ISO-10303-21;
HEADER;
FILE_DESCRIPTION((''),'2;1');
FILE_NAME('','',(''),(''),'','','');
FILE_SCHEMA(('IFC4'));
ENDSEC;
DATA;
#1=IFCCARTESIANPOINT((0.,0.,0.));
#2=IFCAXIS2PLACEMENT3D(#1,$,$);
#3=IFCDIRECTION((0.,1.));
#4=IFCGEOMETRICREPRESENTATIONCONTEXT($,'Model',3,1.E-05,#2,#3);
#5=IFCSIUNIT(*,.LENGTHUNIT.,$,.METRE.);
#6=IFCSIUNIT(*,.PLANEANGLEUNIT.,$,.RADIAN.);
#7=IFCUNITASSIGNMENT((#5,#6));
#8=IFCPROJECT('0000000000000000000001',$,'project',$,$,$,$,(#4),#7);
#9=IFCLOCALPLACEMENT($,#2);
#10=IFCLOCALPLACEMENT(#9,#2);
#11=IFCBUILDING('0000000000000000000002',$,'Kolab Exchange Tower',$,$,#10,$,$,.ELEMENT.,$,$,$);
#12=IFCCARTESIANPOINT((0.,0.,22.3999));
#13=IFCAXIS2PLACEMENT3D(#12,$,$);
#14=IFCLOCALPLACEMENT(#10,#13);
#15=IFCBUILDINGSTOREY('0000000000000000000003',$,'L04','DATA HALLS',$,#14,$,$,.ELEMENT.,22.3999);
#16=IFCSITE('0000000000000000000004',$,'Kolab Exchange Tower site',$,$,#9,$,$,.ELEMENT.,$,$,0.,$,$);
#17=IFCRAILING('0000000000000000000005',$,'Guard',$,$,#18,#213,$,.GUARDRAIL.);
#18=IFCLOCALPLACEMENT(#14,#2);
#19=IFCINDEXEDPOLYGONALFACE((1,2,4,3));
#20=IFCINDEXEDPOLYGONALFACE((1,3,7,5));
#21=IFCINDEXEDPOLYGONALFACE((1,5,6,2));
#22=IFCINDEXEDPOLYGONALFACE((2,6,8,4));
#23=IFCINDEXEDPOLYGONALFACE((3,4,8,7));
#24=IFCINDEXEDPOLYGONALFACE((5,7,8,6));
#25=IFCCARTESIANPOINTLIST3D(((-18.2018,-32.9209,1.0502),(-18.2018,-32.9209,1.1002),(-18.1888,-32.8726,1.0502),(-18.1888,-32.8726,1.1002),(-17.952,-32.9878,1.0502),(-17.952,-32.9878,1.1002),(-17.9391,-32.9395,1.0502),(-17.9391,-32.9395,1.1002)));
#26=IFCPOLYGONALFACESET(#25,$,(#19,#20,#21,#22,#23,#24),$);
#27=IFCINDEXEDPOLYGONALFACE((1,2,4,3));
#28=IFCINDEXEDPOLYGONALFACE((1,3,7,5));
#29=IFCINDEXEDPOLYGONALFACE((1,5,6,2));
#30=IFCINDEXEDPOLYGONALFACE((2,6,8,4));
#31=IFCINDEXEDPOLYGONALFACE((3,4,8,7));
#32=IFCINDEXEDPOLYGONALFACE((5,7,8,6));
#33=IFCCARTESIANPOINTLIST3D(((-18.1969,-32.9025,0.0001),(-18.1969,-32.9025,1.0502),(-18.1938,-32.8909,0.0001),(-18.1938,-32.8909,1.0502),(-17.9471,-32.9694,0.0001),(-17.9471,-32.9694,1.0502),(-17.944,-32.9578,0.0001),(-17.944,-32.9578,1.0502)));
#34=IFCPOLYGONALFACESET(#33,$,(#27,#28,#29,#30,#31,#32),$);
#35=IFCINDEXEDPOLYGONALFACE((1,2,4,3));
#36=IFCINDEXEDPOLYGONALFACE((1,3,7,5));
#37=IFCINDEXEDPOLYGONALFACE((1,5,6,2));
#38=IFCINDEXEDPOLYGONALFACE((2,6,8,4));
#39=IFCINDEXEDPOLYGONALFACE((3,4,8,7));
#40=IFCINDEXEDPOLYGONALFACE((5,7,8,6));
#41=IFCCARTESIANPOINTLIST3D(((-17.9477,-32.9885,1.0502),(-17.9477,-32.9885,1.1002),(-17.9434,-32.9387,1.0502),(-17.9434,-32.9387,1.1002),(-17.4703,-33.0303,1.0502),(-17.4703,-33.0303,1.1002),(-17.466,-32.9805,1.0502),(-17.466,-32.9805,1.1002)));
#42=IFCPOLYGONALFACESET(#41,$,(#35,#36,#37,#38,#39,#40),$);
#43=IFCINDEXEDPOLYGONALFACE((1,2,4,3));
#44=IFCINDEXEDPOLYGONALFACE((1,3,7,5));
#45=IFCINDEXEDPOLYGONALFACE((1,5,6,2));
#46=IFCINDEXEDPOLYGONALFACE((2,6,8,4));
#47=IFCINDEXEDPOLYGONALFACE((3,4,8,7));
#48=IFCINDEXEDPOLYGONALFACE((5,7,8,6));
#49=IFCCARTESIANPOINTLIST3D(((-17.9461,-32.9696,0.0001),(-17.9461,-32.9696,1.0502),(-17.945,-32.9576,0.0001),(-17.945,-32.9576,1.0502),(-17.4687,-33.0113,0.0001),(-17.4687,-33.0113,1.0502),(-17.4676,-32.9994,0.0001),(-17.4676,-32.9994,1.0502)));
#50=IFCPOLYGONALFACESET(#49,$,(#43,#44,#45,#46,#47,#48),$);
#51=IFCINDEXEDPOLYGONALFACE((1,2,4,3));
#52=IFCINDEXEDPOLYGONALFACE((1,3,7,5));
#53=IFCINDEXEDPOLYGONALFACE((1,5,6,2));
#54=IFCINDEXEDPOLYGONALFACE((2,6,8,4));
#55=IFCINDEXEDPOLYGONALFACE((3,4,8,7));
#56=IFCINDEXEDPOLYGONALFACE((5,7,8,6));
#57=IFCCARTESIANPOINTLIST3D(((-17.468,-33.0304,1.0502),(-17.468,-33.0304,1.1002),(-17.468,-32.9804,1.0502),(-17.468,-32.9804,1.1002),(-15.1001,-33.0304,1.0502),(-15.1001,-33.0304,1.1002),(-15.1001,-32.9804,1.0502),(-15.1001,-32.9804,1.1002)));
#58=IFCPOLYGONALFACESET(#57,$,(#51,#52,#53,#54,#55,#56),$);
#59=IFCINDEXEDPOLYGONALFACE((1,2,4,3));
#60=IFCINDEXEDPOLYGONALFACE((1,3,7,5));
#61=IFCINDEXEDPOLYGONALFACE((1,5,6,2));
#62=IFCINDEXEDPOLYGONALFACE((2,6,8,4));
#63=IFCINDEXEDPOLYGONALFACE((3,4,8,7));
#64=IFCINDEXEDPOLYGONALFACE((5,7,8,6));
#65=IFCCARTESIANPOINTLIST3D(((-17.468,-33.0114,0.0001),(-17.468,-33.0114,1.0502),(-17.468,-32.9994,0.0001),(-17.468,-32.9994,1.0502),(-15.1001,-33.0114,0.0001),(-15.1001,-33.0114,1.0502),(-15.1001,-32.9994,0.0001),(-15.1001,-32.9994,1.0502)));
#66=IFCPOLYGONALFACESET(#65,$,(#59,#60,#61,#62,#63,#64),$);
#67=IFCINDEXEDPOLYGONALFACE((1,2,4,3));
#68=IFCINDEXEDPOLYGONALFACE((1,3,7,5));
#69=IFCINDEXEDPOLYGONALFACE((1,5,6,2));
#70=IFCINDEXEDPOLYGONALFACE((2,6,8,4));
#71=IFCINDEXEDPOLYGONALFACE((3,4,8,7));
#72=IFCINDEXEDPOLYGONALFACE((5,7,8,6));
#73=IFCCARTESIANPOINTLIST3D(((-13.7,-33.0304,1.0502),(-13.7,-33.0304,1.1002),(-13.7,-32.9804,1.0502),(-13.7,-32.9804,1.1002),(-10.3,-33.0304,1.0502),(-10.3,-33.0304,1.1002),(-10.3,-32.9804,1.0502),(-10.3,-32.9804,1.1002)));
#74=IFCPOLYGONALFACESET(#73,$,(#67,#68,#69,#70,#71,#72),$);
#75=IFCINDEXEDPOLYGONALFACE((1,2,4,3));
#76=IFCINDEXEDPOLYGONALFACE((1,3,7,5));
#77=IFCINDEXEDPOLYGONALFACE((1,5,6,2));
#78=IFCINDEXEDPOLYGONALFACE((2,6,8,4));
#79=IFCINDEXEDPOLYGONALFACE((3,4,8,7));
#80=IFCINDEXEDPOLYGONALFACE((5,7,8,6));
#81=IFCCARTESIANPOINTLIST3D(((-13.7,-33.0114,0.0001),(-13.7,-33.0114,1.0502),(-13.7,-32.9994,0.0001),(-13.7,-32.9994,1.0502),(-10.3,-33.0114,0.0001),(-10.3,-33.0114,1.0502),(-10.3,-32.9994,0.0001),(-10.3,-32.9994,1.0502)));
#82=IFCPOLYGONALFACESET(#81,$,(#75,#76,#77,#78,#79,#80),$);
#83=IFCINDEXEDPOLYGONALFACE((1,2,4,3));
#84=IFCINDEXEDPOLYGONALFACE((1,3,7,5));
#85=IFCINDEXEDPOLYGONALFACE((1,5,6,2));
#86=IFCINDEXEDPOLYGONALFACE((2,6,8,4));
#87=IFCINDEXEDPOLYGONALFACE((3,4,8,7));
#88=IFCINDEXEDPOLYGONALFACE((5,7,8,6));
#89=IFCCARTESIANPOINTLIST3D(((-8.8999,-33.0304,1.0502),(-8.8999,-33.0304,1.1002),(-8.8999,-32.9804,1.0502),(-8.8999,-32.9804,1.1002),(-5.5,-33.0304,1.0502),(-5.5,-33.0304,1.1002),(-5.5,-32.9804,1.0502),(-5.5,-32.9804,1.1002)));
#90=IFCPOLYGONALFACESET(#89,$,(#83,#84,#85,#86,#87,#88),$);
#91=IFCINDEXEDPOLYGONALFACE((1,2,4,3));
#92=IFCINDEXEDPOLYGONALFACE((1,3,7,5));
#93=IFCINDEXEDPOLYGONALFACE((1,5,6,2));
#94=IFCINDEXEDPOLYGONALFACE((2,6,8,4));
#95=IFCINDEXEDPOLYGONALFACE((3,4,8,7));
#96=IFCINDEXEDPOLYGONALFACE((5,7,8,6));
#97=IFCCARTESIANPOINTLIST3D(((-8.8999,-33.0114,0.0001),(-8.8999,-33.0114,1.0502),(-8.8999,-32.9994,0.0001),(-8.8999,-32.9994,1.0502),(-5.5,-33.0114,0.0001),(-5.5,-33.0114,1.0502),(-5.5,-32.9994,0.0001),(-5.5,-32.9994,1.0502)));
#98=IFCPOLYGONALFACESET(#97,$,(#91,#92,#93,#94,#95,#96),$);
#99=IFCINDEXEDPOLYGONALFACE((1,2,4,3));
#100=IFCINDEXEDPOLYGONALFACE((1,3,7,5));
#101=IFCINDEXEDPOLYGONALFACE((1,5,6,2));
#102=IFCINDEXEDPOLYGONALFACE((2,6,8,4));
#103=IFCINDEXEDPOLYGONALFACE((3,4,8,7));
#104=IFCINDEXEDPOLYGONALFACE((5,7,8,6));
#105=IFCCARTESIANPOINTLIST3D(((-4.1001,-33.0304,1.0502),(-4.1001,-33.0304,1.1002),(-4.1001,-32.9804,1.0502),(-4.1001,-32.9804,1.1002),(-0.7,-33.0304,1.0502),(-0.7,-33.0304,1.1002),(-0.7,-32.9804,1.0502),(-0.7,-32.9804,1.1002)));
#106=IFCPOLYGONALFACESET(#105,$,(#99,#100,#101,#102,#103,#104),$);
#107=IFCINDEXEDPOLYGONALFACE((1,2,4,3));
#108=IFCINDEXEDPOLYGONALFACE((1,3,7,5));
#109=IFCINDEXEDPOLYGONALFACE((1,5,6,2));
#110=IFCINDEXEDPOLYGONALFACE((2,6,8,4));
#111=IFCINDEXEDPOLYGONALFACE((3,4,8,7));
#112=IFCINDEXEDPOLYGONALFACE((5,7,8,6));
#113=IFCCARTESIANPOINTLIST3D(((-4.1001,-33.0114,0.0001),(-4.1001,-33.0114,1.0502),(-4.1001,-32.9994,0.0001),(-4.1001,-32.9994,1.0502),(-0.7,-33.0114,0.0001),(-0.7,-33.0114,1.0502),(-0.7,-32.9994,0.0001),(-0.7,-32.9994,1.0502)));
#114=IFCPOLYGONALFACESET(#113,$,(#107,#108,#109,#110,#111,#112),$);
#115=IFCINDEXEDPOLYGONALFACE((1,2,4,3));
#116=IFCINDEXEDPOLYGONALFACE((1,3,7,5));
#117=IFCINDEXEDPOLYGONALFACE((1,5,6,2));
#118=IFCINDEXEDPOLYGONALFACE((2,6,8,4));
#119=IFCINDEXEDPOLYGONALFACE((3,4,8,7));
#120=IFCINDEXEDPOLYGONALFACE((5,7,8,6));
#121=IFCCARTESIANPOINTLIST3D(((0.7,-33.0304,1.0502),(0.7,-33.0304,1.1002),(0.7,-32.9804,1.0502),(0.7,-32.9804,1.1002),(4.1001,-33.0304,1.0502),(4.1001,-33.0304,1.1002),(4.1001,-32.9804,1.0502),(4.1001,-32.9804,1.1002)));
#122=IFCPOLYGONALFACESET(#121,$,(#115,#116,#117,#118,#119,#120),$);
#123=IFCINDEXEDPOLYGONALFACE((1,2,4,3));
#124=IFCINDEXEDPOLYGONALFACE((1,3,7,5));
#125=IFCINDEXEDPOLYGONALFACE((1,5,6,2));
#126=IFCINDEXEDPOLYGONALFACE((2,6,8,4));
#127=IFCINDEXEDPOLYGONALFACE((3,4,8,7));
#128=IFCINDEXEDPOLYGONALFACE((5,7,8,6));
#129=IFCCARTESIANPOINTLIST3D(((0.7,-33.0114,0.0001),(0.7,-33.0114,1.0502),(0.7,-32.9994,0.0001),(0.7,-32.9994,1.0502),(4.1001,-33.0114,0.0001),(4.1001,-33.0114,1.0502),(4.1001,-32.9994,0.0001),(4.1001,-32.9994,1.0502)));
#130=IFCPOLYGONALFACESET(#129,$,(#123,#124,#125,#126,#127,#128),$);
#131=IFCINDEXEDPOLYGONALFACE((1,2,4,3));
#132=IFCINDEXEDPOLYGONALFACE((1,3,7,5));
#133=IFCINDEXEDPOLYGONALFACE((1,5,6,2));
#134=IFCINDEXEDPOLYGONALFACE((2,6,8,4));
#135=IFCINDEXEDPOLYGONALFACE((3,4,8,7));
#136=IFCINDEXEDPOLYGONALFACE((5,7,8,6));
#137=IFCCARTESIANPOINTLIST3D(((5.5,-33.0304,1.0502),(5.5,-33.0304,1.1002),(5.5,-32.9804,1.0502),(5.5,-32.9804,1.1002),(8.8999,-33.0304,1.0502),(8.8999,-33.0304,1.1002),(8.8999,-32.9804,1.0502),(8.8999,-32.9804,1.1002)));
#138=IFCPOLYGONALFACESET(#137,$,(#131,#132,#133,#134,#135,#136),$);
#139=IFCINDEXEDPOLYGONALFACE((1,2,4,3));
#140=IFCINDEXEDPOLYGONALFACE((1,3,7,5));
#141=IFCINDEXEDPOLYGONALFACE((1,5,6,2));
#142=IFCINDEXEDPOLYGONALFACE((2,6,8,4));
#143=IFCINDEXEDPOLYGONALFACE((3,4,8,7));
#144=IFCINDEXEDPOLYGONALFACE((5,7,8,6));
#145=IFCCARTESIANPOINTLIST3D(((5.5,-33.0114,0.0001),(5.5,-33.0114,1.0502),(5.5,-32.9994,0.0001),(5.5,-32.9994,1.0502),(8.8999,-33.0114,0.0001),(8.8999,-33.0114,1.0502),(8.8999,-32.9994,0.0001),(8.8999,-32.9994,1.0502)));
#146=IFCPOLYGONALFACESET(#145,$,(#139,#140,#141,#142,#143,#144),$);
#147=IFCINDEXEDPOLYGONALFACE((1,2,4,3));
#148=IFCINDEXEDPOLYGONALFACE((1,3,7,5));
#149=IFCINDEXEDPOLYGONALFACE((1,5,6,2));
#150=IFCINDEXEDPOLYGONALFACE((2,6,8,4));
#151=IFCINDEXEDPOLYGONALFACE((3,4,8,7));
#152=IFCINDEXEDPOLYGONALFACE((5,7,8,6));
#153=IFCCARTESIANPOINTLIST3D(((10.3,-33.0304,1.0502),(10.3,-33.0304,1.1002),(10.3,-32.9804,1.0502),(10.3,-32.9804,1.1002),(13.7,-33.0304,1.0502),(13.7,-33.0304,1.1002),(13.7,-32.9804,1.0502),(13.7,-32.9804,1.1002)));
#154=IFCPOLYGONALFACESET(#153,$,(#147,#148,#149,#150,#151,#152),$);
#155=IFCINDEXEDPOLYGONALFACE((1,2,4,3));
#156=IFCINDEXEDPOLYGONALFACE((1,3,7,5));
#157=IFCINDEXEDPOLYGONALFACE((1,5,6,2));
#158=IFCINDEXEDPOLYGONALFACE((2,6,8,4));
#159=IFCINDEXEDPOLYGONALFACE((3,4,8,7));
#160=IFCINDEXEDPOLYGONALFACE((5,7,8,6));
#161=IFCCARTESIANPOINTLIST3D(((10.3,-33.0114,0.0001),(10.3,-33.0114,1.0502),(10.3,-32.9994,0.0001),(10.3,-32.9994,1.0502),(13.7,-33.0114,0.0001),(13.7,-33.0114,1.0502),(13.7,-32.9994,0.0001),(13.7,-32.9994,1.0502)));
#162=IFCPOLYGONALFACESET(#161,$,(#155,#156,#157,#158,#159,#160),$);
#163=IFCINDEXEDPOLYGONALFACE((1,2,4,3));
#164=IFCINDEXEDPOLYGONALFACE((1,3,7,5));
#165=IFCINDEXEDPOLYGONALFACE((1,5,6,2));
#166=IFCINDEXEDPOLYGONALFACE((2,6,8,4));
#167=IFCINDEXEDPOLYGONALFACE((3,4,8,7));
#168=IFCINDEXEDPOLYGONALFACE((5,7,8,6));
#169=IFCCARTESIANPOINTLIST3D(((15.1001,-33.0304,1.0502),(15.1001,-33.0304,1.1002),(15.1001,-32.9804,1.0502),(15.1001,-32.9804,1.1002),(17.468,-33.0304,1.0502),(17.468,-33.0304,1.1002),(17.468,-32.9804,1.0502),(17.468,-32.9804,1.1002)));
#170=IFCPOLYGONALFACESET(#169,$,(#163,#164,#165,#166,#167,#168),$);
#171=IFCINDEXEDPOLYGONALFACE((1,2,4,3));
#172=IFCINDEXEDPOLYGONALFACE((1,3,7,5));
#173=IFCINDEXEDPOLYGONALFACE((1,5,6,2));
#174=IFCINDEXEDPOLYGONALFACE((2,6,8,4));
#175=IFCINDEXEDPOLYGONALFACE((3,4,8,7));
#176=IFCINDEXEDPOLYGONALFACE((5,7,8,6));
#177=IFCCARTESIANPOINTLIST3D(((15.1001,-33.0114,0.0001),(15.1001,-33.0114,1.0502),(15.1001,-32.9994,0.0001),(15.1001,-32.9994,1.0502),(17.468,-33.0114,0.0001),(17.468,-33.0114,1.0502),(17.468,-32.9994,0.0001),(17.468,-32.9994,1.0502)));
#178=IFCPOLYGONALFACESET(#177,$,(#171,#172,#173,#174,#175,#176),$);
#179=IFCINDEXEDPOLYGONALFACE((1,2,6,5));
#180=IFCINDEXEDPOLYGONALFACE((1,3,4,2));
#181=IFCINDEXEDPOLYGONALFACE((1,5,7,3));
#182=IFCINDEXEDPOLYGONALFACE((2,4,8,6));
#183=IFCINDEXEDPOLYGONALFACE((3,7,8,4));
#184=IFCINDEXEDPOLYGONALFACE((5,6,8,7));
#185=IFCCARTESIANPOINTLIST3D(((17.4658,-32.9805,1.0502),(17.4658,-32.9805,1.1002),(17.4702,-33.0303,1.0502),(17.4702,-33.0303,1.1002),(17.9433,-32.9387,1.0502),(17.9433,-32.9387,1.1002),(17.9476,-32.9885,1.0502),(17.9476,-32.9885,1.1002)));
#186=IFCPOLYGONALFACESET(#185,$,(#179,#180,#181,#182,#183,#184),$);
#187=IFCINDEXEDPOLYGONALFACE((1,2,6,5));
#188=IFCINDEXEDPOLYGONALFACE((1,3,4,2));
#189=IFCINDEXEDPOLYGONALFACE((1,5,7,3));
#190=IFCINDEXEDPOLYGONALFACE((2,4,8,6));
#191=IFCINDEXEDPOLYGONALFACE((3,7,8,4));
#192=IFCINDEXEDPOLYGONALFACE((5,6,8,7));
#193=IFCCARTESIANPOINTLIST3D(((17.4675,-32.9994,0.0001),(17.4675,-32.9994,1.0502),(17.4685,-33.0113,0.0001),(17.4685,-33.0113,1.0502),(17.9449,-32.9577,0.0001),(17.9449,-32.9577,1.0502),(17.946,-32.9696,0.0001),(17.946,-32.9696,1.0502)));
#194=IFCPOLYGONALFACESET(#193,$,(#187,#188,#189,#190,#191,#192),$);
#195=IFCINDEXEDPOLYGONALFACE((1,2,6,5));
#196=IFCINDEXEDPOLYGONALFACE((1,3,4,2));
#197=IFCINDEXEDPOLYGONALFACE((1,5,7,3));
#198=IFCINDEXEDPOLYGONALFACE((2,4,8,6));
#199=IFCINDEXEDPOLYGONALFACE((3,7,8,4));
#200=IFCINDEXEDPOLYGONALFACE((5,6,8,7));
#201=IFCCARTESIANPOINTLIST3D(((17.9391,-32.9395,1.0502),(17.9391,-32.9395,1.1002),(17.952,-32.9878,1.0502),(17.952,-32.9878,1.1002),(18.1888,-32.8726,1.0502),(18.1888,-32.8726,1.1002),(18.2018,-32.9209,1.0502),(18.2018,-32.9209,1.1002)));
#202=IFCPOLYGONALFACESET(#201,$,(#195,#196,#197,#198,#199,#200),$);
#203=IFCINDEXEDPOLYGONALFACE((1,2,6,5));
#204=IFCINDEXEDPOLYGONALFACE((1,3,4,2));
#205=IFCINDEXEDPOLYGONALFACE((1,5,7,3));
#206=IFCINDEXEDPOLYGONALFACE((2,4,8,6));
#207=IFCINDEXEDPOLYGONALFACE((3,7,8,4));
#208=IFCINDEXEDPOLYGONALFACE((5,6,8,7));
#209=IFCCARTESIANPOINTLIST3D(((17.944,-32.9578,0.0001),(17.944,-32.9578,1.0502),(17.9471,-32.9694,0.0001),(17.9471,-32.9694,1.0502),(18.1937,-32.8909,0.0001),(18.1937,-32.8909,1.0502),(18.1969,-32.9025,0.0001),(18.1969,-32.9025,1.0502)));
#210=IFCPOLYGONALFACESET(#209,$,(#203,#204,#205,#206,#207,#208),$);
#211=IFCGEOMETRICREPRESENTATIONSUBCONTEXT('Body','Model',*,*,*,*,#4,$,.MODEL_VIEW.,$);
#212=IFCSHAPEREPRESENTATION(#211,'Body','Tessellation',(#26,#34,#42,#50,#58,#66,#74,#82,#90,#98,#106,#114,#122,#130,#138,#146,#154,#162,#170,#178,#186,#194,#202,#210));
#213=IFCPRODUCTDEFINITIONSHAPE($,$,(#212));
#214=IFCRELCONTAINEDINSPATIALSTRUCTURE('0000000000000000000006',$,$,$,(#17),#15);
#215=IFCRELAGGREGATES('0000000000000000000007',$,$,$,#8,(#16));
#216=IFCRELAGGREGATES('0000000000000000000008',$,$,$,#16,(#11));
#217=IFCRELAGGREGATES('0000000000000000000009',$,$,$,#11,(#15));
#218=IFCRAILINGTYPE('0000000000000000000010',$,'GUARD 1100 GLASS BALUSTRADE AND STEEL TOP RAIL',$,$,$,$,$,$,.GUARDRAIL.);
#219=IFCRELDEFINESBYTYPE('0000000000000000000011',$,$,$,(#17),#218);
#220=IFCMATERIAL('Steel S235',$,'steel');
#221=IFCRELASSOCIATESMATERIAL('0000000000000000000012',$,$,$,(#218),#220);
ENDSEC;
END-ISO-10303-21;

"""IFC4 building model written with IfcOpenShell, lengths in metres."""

from ifc_helpers import new_model, si_unit, direction, frame, frame_2d, origin, origin_2d, place, context, subcontext, project, spatial, rectangle, extrude, material, type_object, element, save


model = new_model("IFC4")

# Units and contexts
model_context = context("Model", 3, precision=1e-05, world=origin(), true_north=direction((0.0, 1.0)))
body_context = subcontext(model_context, "Body", "Model", "MODEL_VIEW")
ifc_project = project(units=[si_unit("LENGTHUNIT", "METRE"), si_unit("PLANEANGLEUNIT", "RADIAN")], contexts=[model_context])

# Site, building, storey
site_placement = place(None, origin())
site = spatial("IfcSite", under=ifc_project, at=site_placement, Name="Kolab Exchange Tower site", CompositionType="ELEMENT", RefElevation=0.0)
building_placement = place(site_placement, origin())
building = spatial("IfcBuilding", under=site, at=building_placement, Name="Kolab Exchange Tower", CompositionType="ELEMENT")
storey_placement = place(building_placement, frame((0.0, 0.0, 22.3999)))
storey = spatial("IfcBuildingStorey", under=building, at=storey_placement, Name="L04", Description="DATA HALLS", CompositionType="ELEMENT", Elevation=22.3999)

# Railing
ifc_material_1 = material(Name="Steel S235", Category="steel")
railing_type = type_object("IfcRailingType", Name="GUARD 1100 GLASS BALUSTRADE AND STEEL TOP RAIL", PredefinedType="GUARDRAIL", material=ifc_material_1)
railing_placement = place(storey_placement, frame((-18.1953, -32.8967, 0.0)))
element("IfcRailing", 1, at=railing_placement, inside=storey, type_object=railing_type, Name="Guard", PredefinedType="GUARDRAIL", context=body_context, shape_type="SweptSolid", body=[
    extrude(rectangle(XDim=0.05, YDim=0.05, at=origin_2d()), frame((0.0, 0.0, 1.0752), z_axis=(0.965952, -0.25872, 0.0), x_axis=(0.25872, 0.965952, 0.0)), (0.0, 0.0, 1.0), 0.2585),
    extrude(rectangle(XDim=0.012, YDim=1.0501, at=frame_2d((0.0, 0.5251))), frame((0.0, 0.0, 0.0), z_axis=(0.965952, -0.25872, 0.0), x_axis=(0.25872, 0.965952, 0.0)), (0.0, 0.0, 1.0), 0.2585),
    extrude(rectangle(XDim=0.05, YDim=0.05, at=origin_2d()), frame((0.2498, -0.0669, 1.0752), z_axis=(0.9962, -0.087091, 0.0), x_axis=(0.087091, 0.9962, 0.0)), (0.0, 0.0, 1.0), 0.4792),
    extrude(rectangle(XDim=0.012, YDim=1.0501, at=frame_2d((0.0, 0.5251))), frame((0.2498, -0.0669, 0.0), z_axis=(0.9962, -0.087091, 0.0), x_axis=(0.087091, 0.9962, 0.0)), (0.0, 0.0, 1.0), 0.4792),
    extrude(rectangle(XDim=0.05, YDim=0.05, at=origin_2d()), frame((0.7273, -0.1086, 1.0752), z_axis=(1.0, 0.0, 0.0), x_axis=(0.0, 1.0, 0.0)), (0.0, 0.0, 1.0), 2.3679),
    extrude(rectangle(XDim=0.012, YDim=1.0501, at=frame_2d((0.0, 0.5251))), frame((0.7273, -0.1086, 0.0), z_axis=(1.0, 0.0, 0.0), x_axis=(0.0, 1.0, 0.0)), (0.0, 0.0, 1.0), 2.3679),
    extrude(rectangle(XDim=0.05, YDim=0.05, at=origin_2d()), frame((4.4954, -0.1086, 1.0752), z_axis=(1.0, 0.0, 0.0), x_axis=(0.0, 1.0, 0.0)), (0.0, 0.0, 1.0), 3.3999),
    extrude(rectangle(XDim=0.012, YDim=1.0501, at=frame_2d((0.0, 0.5251))), frame((4.4954, -0.1086, 0.0), z_axis=(1.0, 0.0, 0.0), x_axis=(0.0, 1.0, 0.0)), (0.0, 0.0, 1.0), 3.3999),
    extrude(rectangle(XDim=0.05, YDim=0.05, at=origin_2d()), frame((9.2954, -0.1086, 1.0752), z_axis=(1.0, 0.0, 0.0), x_axis=(0.0, 1.0, 0.0)), (0.0, 0.0, 1.0), 3.3999),
    extrude(rectangle(XDim=0.012, YDim=1.0501, at=frame_2d((0.0, 0.5251))), frame((9.2954, -0.1086, 0.0), z_axis=(1.0, 0.0, 0.0), x_axis=(0.0, 1.0, 0.0)), (0.0, 0.0, 1.0), 3.3999),
    extrude(rectangle(XDim=0.05, YDim=0.05, at=origin_2d()), frame((14.0952, -0.1086, 1.0752), z_axis=(1.0, 0.0, 0.0), x_axis=(0.0, 1.0, 0.0)), (0.0, 0.0, 1.0), 3.4001),
    extrude(rectangle(XDim=0.012, YDim=1.0501, at=frame_2d((0.0, 0.5251))), frame((14.0952, -0.1086, 0.0), z_axis=(1.0, 0.0, 0.0), x_axis=(0.0, 1.0, 0.0)), (0.0, 0.0, 1.0), 3.4001),
    extrude(rectangle(XDim=0.05, YDim=0.05, at=origin_2d()), frame((18.8953, -0.1086, 1.0752), z_axis=(1.0, 0.0, 0.0), x_axis=(0.0, 1.0, 0.0)), (0.0, 0.0, 1.0), 3.4001),
    extrude(rectangle(XDim=0.012, YDim=1.0501, at=frame_2d((0.0, 0.5251))), frame((18.8953, -0.1086, 0.0), z_axis=(1.0, 0.0, 0.0), x_axis=(0.0, 1.0, 0.0)), (0.0, 0.0, 1.0), 3.4001),
    extrude(rectangle(XDim=0.05, YDim=0.05, at=origin_2d()), frame((23.6953, -0.1086, 1.0752), z_axis=(1.0, 0.0, 0.0), x_axis=(0.0, 1.0, 0.0)), (0.0, 0.0, 1.0), 3.3999),
    extrude(rectangle(XDim=0.012, YDim=1.0501, at=frame_2d((0.0, 0.5251))), frame((23.6953, -0.1086, 0.0), z_axis=(1.0, 0.0, 0.0), x_axis=(0.0, 1.0, 0.0)), (0.0, 0.0, 1.0), 3.3999),
    extrude(rectangle(XDim=0.05, YDim=0.05, at=origin_2d()), frame((28.4954, -0.1086, 1.0752), z_axis=(1.0, 0.0, 0.0), x_axis=(0.0, 1.0, 0.0)), (0.0, 0.0, 1.0), 3.3999),
    extrude(rectangle(XDim=0.012, YDim=1.0501, at=frame_2d((0.0, 0.5251))), frame((28.4954, -0.1086, 0.0), z_axis=(1.0, 0.0, 0.0), x_axis=(0.0, 1.0, 0.0)), (0.0, 0.0, 1.0), 3.3999),
    extrude(rectangle(XDim=0.05, YDim=0.05, at=origin_2d()), frame((33.2954, -0.1086, 1.0752), z_axis=(1.0, 0.0, 0.0), x_axis=(0.0, 1.0, 0.0)), (0.0, 0.0, 1.0), 2.3679),
    extrude(rectangle(XDim=0.012, YDim=1.0501, at=frame_2d((0.0, 0.5251))), frame((33.2954, -0.1086, 0.0), z_axis=(1.0, 0.0, 0.0), x_axis=(0.0, 1.0, 0.0)), (0.0, 0.0, 1.0), 2.3679),
    extrude(rectangle(XDim=0.05, YDim=0.05, at=origin_2d()), frame((35.6633, -0.1086, 1.0752), z_axis=(0.9962, 0.087091, 0.0), x_axis=(-0.087091, 0.9962, 0.0)), (0.0, 0.0, 1.0), 0.4792),
    extrude(rectangle(XDim=0.012, YDim=1.0501, at=frame_2d((0.0, 0.5251))), frame((35.6633, -0.1086, 0.0), z_axis=(0.9962, 0.087091, 0.0), x_axis=(-0.087091, 0.9962, 0.0)), (0.0, 0.0, 1.0), 0.4792),
    extrude(rectangle(XDim=0.05, YDim=0.05, at=origin_2d()), frame((36.1409, -0.0669, 1.0752), z_axis=(0.965952, 0.25872, 0.0), x_axis=(-0.25872, 0.965952, 0.0)), (0.0, 0.0, 1.0), 0.2585),
    extrude(rectangle(XDim=0.012, YDim=1.0501, at=frame_2d((0.0, 0.5251))), frame((36.1409, -0.0669, 0.0), z_axis=(0.965952, 0.25872, 0.0), x_axis=(-0.25872, 0.965952, 0.0)), (0.0, 0.0, 1.0), 0.2585),
])

save(model, "model.ifc")
